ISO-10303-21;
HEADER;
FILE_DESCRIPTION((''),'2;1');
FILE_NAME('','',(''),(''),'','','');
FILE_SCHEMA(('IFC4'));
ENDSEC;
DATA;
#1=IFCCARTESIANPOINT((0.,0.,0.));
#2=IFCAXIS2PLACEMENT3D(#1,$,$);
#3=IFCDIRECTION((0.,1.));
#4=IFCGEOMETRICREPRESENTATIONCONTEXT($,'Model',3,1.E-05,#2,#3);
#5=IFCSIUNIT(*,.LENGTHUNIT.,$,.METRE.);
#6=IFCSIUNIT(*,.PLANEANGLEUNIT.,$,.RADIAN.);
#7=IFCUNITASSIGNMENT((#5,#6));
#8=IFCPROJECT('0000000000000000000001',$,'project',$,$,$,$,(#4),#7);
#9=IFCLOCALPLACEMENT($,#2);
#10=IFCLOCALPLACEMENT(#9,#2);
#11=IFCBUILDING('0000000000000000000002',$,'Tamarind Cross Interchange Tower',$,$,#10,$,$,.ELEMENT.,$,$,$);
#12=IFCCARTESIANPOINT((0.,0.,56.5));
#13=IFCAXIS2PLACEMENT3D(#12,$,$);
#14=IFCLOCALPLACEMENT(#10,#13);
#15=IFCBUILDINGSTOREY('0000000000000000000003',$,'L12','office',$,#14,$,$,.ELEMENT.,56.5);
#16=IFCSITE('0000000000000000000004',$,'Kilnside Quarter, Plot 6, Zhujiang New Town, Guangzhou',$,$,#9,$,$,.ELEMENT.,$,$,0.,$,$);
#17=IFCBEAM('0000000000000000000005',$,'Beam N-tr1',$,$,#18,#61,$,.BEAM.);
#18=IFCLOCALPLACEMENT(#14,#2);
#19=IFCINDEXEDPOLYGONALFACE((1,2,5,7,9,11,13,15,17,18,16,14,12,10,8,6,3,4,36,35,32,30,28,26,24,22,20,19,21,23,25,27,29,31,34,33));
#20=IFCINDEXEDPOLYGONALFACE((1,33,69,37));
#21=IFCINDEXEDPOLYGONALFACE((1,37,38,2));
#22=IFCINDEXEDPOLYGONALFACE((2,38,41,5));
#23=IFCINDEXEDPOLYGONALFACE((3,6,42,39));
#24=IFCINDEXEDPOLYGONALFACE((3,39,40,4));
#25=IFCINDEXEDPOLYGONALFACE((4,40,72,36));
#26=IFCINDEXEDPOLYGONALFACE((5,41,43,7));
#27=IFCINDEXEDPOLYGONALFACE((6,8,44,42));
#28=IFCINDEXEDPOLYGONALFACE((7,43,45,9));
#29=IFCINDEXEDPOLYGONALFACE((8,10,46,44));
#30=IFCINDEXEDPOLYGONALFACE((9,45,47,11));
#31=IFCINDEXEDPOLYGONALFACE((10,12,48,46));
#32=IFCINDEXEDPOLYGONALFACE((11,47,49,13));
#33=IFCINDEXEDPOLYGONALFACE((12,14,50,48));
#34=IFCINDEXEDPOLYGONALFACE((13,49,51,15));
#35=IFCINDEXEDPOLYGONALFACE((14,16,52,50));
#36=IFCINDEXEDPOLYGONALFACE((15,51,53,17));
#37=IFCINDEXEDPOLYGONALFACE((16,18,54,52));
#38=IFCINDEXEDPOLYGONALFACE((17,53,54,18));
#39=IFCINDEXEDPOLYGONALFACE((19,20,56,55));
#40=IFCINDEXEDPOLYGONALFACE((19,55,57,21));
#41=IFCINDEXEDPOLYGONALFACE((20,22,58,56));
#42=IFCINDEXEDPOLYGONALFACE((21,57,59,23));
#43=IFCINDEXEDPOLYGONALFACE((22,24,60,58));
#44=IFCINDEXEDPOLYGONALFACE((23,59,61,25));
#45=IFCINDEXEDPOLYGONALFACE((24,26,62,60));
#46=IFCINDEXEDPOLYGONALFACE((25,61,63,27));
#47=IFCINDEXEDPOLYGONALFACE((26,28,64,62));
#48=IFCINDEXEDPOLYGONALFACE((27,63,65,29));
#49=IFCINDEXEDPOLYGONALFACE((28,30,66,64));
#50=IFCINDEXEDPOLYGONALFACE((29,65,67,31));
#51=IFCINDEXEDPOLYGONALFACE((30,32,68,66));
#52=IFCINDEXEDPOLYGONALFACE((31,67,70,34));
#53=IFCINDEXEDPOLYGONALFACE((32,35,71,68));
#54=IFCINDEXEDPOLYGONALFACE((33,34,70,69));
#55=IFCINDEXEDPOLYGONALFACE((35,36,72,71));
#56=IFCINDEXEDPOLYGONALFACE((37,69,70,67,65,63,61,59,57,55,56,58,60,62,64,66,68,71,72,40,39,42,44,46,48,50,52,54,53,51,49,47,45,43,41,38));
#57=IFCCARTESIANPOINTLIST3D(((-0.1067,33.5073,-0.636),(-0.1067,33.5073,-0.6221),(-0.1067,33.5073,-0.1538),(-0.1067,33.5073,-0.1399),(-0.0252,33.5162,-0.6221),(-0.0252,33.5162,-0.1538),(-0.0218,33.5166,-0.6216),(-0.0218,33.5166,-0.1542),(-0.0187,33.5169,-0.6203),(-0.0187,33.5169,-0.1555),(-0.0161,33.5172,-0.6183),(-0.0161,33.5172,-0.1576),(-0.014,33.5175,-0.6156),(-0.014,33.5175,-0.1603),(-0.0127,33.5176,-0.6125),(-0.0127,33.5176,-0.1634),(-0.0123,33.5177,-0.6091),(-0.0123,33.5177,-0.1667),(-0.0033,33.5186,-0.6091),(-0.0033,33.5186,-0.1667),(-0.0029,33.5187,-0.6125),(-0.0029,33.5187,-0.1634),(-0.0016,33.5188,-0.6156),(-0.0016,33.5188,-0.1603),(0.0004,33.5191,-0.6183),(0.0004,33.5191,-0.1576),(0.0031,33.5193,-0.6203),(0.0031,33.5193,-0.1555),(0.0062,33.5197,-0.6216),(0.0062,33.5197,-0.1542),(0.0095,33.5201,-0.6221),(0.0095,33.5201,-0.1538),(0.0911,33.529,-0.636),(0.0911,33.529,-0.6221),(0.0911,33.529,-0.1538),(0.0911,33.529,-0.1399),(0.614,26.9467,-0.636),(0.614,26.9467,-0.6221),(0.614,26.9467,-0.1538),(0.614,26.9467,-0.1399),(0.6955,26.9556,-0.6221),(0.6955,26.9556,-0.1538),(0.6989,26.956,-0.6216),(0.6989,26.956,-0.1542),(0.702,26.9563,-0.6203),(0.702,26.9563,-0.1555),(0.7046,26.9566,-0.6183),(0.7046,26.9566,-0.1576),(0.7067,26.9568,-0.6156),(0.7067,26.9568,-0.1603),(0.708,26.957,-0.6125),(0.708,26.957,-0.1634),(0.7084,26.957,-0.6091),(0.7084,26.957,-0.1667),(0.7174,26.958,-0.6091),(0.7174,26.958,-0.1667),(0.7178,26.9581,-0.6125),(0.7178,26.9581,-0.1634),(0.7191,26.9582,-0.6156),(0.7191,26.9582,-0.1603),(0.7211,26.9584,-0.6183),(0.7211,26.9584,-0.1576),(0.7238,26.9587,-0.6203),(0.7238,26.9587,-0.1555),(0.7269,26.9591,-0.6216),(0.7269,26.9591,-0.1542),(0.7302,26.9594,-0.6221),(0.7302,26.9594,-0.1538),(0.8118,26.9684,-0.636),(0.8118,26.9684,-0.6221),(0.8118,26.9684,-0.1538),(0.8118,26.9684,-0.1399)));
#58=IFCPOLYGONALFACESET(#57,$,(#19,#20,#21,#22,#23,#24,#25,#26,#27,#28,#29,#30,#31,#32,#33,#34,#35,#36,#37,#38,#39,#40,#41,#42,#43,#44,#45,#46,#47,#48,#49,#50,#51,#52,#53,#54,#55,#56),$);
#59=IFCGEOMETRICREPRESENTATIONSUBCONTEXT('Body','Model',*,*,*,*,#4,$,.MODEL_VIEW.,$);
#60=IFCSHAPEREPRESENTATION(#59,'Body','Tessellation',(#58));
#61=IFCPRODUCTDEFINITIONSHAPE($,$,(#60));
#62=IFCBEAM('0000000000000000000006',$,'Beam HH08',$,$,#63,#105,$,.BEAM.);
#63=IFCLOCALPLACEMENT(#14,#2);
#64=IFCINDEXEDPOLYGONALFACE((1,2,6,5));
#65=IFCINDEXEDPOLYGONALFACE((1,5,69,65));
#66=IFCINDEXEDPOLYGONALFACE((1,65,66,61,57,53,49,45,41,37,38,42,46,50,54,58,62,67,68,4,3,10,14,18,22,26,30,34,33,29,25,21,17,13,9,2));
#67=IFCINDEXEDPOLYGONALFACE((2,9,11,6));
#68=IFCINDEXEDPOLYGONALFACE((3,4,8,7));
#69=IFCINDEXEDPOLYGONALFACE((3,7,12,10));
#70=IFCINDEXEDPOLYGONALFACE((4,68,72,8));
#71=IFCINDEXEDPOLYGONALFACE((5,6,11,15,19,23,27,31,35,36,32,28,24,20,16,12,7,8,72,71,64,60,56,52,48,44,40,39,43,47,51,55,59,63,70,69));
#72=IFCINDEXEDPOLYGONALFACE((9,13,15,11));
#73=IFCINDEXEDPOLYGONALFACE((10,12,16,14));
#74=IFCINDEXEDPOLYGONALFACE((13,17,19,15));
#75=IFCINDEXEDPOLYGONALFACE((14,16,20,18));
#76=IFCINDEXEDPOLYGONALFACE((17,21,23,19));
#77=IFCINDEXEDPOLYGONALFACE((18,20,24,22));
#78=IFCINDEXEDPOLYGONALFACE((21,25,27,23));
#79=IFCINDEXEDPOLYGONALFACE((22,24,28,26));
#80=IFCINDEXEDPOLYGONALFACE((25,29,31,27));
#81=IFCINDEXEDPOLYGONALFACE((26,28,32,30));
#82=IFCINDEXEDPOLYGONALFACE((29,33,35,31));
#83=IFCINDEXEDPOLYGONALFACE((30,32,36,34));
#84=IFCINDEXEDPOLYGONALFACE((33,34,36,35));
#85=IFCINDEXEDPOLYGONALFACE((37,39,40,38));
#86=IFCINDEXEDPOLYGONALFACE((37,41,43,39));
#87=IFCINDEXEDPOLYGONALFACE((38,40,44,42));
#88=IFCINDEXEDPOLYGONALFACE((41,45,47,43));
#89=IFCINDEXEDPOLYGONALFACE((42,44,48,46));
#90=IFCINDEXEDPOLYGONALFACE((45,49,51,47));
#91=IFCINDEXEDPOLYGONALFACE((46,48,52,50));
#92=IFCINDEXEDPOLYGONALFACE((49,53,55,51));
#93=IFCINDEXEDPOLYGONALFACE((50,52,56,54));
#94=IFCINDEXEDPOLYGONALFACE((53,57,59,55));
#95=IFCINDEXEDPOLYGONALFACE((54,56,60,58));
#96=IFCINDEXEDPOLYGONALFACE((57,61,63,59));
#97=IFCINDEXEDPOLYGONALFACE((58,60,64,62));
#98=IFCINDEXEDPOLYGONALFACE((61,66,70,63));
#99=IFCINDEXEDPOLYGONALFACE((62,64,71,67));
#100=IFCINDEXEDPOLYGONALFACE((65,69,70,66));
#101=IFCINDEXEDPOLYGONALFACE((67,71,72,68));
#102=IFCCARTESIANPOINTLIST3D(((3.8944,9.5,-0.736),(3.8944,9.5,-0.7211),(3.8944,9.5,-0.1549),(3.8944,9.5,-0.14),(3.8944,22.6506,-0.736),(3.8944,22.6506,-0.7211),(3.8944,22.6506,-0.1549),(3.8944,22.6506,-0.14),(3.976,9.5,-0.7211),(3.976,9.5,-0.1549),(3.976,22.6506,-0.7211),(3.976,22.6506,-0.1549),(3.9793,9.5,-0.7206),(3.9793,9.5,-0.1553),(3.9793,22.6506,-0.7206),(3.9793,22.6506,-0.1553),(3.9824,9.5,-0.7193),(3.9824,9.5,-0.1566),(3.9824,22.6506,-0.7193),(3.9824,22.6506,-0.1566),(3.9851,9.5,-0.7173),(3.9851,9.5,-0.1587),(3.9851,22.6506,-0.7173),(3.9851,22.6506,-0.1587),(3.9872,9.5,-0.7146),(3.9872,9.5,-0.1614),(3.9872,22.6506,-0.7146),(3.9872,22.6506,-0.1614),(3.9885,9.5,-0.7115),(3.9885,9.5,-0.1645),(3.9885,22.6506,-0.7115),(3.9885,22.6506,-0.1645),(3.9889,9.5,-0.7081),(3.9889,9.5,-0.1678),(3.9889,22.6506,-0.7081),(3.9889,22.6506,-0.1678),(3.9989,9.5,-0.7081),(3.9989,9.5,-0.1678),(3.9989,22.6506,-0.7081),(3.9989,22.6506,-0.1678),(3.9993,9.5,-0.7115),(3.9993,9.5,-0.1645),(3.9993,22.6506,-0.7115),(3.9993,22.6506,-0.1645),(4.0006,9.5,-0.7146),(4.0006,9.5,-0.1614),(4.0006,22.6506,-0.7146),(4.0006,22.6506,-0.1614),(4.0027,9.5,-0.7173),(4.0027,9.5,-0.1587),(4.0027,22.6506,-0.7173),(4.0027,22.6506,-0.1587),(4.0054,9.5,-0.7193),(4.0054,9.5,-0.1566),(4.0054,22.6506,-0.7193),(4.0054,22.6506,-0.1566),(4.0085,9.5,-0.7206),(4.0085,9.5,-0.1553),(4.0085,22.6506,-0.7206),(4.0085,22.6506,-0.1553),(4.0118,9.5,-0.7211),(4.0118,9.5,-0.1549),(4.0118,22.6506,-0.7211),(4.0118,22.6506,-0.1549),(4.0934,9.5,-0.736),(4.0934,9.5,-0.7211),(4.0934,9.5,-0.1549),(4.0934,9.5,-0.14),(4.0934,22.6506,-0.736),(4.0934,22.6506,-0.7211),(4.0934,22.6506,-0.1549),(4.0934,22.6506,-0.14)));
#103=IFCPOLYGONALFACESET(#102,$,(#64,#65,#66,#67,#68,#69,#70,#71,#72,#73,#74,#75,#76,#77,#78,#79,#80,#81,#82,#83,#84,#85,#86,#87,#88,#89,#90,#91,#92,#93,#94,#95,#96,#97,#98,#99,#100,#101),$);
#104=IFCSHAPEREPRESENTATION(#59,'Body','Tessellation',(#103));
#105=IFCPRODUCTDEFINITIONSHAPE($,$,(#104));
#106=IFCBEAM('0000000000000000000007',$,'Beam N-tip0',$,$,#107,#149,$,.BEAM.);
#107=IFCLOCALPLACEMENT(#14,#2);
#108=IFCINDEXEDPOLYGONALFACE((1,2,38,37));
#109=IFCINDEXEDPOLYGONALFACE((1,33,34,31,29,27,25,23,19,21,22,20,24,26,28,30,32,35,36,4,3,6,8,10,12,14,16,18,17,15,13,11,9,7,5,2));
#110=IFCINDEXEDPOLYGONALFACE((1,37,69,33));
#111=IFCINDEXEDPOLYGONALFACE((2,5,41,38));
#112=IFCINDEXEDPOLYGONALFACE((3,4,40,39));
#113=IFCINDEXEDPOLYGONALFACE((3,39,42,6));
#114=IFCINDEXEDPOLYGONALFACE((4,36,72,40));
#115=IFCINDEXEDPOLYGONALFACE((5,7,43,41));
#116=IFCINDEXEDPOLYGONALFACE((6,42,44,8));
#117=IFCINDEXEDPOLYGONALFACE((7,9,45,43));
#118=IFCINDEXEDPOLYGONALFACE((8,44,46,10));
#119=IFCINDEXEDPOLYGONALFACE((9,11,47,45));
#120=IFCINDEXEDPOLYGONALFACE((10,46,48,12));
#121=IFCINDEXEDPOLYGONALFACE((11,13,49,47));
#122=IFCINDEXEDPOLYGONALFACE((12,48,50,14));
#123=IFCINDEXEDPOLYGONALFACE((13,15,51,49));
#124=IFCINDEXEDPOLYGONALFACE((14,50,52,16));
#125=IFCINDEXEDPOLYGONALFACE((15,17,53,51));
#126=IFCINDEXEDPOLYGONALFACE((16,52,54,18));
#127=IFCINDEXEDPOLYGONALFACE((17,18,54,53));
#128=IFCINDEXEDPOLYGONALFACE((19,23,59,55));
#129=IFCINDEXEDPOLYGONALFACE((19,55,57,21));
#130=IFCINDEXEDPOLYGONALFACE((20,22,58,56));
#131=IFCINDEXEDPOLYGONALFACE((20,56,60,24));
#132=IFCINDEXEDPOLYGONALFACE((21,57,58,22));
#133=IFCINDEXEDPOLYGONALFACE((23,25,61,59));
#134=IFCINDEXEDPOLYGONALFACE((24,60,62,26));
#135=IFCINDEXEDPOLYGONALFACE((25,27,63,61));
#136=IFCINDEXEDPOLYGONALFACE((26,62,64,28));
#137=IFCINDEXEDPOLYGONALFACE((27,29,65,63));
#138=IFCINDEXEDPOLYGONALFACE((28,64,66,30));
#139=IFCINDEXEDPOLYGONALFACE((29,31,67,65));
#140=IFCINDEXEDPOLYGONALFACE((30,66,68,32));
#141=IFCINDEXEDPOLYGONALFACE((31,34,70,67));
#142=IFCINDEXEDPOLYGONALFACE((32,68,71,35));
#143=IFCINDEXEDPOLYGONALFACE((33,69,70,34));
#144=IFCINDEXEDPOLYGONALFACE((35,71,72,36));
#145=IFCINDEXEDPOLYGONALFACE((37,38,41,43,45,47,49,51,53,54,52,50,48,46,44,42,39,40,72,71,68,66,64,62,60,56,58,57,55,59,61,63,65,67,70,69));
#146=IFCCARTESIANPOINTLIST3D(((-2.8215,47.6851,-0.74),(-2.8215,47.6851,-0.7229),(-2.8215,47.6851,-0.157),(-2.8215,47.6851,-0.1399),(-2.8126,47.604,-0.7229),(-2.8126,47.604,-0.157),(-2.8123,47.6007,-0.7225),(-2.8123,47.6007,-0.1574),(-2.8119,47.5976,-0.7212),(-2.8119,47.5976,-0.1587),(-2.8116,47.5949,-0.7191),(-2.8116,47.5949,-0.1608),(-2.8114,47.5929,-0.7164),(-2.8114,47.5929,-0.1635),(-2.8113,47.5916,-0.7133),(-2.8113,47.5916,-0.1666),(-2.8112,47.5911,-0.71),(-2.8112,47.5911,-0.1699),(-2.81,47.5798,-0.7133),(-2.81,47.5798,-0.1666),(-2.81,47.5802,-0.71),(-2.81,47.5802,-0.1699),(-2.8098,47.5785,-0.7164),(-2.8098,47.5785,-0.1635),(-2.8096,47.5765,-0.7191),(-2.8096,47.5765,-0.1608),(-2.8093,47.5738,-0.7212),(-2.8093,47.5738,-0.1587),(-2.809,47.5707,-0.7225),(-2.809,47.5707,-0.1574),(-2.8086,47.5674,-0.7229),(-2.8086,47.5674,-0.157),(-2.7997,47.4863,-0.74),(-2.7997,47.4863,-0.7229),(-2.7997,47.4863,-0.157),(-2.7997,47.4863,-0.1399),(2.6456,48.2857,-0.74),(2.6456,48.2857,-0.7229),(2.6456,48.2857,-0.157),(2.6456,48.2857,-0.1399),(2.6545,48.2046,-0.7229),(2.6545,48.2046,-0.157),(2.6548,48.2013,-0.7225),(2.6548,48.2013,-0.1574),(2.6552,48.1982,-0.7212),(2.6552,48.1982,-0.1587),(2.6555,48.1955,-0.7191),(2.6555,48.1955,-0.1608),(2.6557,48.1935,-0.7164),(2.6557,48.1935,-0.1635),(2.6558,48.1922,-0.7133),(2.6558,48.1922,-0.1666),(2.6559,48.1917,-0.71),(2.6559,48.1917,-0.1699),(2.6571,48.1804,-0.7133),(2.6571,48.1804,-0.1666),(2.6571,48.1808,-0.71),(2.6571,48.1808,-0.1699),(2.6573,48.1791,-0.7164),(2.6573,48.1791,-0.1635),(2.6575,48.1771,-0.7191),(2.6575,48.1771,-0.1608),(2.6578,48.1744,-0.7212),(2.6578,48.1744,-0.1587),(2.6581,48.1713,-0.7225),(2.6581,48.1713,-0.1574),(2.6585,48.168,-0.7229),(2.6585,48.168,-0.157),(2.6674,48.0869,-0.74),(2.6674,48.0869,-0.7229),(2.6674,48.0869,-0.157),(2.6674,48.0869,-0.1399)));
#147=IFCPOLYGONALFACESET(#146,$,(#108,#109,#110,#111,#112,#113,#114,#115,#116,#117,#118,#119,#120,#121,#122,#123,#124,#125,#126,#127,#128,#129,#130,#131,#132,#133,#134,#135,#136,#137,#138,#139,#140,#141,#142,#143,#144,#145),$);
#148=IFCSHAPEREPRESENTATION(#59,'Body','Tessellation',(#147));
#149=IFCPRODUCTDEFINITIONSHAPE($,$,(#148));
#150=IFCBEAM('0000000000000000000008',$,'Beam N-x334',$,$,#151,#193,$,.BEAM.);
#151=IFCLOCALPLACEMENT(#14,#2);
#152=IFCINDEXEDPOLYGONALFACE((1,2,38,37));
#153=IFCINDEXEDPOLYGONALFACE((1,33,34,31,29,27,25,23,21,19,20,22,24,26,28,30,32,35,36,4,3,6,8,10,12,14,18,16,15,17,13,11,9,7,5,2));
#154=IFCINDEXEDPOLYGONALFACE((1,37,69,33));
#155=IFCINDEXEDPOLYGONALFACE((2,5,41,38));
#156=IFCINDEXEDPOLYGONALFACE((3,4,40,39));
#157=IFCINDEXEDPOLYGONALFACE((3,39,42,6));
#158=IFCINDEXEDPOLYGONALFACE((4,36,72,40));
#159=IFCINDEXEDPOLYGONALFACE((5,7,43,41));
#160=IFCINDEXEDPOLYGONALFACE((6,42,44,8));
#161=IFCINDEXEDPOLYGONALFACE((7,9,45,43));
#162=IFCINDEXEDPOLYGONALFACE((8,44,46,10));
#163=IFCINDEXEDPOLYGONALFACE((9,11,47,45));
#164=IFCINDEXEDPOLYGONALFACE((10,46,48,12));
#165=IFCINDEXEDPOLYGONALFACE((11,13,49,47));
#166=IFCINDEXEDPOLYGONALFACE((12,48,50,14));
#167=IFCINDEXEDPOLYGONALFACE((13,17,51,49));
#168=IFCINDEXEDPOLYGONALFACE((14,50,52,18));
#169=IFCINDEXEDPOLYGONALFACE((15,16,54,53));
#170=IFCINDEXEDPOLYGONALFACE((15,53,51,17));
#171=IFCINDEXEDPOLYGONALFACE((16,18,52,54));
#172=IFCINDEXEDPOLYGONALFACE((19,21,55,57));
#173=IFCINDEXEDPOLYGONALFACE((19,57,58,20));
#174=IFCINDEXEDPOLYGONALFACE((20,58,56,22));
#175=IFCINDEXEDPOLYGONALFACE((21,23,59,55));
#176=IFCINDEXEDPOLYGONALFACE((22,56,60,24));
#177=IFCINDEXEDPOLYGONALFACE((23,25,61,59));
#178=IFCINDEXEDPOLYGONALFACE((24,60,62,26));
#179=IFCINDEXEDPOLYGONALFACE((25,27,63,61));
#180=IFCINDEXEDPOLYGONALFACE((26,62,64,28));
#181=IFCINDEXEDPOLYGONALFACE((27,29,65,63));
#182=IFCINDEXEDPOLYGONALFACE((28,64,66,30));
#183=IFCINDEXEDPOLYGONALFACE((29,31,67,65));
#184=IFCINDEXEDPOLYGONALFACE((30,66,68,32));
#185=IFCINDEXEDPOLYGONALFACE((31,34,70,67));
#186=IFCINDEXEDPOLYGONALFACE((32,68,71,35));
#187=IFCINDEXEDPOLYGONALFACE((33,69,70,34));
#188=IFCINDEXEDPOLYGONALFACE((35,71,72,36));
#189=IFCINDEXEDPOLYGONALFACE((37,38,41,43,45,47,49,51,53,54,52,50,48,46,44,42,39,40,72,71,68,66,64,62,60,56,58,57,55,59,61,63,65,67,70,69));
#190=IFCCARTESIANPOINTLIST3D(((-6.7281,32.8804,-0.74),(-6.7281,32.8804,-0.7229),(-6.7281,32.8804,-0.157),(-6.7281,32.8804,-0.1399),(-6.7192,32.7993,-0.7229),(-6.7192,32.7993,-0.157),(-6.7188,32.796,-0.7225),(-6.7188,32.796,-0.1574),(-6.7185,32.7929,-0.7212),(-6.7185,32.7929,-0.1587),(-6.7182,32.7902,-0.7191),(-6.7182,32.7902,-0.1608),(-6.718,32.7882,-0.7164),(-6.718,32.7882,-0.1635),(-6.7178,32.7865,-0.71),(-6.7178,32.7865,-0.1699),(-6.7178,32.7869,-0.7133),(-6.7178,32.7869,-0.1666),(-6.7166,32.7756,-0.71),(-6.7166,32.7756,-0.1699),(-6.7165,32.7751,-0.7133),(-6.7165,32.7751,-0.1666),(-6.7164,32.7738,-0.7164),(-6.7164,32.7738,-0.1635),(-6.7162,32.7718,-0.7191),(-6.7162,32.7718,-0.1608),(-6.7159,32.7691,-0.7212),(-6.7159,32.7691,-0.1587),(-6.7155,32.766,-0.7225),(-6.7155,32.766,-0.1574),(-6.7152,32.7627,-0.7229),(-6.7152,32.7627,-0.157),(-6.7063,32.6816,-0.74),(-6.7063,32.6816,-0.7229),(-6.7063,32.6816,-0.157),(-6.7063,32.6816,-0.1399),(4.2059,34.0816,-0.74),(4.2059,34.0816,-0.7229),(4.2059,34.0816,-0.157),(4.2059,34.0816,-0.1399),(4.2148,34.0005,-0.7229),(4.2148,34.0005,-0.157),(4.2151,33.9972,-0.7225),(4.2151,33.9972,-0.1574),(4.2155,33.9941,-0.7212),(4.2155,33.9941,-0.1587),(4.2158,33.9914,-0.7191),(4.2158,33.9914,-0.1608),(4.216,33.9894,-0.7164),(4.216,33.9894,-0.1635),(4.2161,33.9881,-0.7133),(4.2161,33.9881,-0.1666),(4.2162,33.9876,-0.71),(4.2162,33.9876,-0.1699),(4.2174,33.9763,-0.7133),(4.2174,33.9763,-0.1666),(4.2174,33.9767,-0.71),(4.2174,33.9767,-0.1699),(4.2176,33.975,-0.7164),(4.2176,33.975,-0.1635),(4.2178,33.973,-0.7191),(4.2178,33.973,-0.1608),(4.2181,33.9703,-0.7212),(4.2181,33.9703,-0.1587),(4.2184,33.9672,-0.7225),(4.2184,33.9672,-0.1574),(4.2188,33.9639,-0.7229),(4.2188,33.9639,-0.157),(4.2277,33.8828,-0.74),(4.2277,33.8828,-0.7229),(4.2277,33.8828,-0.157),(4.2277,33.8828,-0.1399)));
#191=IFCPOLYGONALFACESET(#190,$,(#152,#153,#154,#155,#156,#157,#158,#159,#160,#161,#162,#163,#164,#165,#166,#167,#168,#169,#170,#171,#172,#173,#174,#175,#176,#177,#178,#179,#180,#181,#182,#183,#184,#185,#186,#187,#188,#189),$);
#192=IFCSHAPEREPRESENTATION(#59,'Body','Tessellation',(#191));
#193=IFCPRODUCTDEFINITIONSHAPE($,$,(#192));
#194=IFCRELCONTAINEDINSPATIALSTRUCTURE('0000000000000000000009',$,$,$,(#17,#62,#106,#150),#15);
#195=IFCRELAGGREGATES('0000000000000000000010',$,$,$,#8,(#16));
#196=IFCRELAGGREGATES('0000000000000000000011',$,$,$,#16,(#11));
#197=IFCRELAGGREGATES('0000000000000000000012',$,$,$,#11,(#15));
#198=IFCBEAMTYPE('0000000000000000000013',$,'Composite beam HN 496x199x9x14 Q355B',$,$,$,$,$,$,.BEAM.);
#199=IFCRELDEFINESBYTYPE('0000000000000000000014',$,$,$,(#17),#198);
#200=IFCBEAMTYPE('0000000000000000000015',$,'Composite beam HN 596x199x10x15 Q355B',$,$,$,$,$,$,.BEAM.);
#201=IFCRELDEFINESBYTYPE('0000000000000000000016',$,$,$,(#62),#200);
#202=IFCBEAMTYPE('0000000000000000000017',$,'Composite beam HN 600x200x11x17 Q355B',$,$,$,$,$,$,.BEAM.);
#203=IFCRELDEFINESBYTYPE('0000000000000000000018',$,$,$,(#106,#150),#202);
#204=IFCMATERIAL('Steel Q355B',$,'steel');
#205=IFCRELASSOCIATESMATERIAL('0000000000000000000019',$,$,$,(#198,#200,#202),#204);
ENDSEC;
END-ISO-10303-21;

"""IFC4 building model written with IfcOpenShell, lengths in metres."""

from ifc_helpers import new_model, si_unit, direction, frame, origin, origin_2d, place, context, subcontext, project, spatial, i_section, extrude, material, material_profile, profile_set, type_object, element, save


model = new_model("IFC4")

# Units and contexts
model_context = context("Model", 3, precision=1e-05, world=origin(), true_north=direction((0.0, 1.0)))
body_context = subcontext(model_context, "Body", "Model", "MODEL_VIEW")
ifc_project = project(units=[si_unit("LENGTHUNIT", "METRE"), si_unit("PLANEANGLEUNIT", "RADIAN")], contexts=[model_context])

# Site, building, storey
site_placement = place(None, origin())
site = spatial("IfcSite", under=ifc_project, at=site_placement, Name="Kilnside Quarter, Plot 6, Zhujiang New Town, Guangzhou", CompositionType="ELEMENT", RefElevation=0.0)
building_placement = place(site_placement, origin())
building = spatial("IfcBuilding", under=site, at=building_placement, Name="Tamarind Cross Interchange Tower", CompositionType="ELEMENT")
storey_placement = place(building_placement, frame((0.0, 0.0, 56.5)))
storey = spatial("IfcBuildingStorey", under=building, at=storey_placement, Name="L12", Description="office", CompositionType="ELEMENT", Elevation=56.5)

# Beams
ifc_material_1 = material(Name="Steel Q355B", Category="steel")
ifc_material_profile_1 = material_profile(ifc_material_1, i_section(OverallWidth=0.199, OverallDepth=0.4961, WebThickness=0.009, FlangeThickness=0.0139, FilletRadius=0.0129, at=origin_2d()), Name="HN 496x199x9x14")
ifc_profile_set_1 = profile_set([ifc_material_profile_1], Name="Steel Q355B")
beam_type_1 = type_object("IfcBeamType", Name="Composite beam HN 496x199x9x14 Q355B", PredefinedType="BEAM", material=ifc_profile_set_1)
beam_1_placement = place(storey_placement, frame((0.7129, 26.9575, -0.3879), z_axis=(-0.109197, 0.99402, 0.0), x_axis=(-0.99402, -0.109197, 0.0)))
element("IfcBeam", 1, at=beam_1_placement, inside=storey, type_object=beam_type_1, Name="Beam N-tr1", PredefinedType="BEAM", context=body_context, shape_type="SweptSolid", body=[
    extrude(i_section(OverallWidth=0.199, OverallDepth=0.4961, WebThickness=0.009, FlangeThickness=0.0139, FilletRadius=0.0129, at=origin_2d()), origin(), (0.0, 0.0, 1.0), 6.6001),
])
ifc_material_profile_2 = material_profile(ifc_material_1, i_section(OverallWidth=0.199, OverallDepth=0.5959, WebThickness=0.01, FlangeThickness=0.0149, FilletRadius=0.0129, at=origin_2d()), Name="HN 596x199x10x15")
ifc_profile_set_2 = profile_set([ifc_material_profile_2], Name="Steel Q355B")
beam_type_2 = type_object("IfcBeamType", Name="Composite beam HN 596x199x10x15 Q355B", PredefinedType="BEAM", material=ifc_profile_set_2)
beam_2_placement = place(storey_placement, frame((3.9939, 22.6506, -0.438), z_axis=(0.0, -1.0, 0.0), x_axis=(1.0, 0.0, 0.0)))
element("IfcBeam", 2, at=beam_2_placement, inside=storey, type_object=beam_type_2, Name="Beam HH08", PredefinedType="BEAM", context=body_context, shape_type="SweptSolid", body=[
    extrude(i_section(OverallWidth=0.199, OverallDepth=0.5959, WebThickness=0.01, FlangeThickness=0.0149, FilletRadius=0.0129, at=origin_2d()), origin(), (0.0, 0.0, 1.0), 13.1506),
])
ifc_material_profile_3 = material_profile(ifc_material_1, i_section(OverallWidth=0.2, OverallDepth=0.6001, WebThickness=0.011, FlangeThickness=0.0171, FilletRadius=0.0129, at=origin_2d()), Name="HN 600x200x11x17")
ifc_profile_set_3 = profile_set([ifc_material_profile_3], Name="Steel Q355B")
beam_type_3 = type_object("IfcBeamType", Name="Composite beam HN 600x200x11x17 Q355B", PredefinedType="BEAM", material=ifc_profile_set_3)
beam_3_placement = place(storey_placement, frame((2.6565, 48.1863, -0.4399), z_axis=(-0.99402, -0.109199, 0.0), x_axis=(0.109199, -0.99402, 0.0)))
element("IfcBeam", 3, at=beam_3_placement, inside=storey, type_object=beam_type_3, Name="Beam N-tip0", PredefinedType="BEAM", context=body_context, shape_type="SweptSolid", body=[
    extrude(i_section(OverallWidth=0.2, OverallDepth=0.6001, WebThickness=0.011, FlangeThickness=0.0171, FilletRadius=0.0129, at=origin_2d()), origin(), (0.0, 0.0, 1.0), 5.5),
])
beam_4_placement = place(storey_placement, frame((4.2168, 33.9822, -0.4399), z_axis=(-0.99402, -0.109199, 0.0), x_axis=(0.109199, -0.99402, 0.0)))
element("IfcBeam", 4, at=beam_4_placement, inside=storey, type_object=beam_type_3, Name="Beam N-x334", PredefinedType="BEAM", context=body_context, shape_type="SweptSolid", body=[
    extrude(i_section(OverallWidth=0.2, OverallDepth=0.6001, WebThickness=0.011, FlangeThickness=0.0171, FilletRadius=0.0129, at=origin_2d()), origin(), (0.0, 0.0, 1.0), 10.9998),
])

save(model, "model.ifc")
